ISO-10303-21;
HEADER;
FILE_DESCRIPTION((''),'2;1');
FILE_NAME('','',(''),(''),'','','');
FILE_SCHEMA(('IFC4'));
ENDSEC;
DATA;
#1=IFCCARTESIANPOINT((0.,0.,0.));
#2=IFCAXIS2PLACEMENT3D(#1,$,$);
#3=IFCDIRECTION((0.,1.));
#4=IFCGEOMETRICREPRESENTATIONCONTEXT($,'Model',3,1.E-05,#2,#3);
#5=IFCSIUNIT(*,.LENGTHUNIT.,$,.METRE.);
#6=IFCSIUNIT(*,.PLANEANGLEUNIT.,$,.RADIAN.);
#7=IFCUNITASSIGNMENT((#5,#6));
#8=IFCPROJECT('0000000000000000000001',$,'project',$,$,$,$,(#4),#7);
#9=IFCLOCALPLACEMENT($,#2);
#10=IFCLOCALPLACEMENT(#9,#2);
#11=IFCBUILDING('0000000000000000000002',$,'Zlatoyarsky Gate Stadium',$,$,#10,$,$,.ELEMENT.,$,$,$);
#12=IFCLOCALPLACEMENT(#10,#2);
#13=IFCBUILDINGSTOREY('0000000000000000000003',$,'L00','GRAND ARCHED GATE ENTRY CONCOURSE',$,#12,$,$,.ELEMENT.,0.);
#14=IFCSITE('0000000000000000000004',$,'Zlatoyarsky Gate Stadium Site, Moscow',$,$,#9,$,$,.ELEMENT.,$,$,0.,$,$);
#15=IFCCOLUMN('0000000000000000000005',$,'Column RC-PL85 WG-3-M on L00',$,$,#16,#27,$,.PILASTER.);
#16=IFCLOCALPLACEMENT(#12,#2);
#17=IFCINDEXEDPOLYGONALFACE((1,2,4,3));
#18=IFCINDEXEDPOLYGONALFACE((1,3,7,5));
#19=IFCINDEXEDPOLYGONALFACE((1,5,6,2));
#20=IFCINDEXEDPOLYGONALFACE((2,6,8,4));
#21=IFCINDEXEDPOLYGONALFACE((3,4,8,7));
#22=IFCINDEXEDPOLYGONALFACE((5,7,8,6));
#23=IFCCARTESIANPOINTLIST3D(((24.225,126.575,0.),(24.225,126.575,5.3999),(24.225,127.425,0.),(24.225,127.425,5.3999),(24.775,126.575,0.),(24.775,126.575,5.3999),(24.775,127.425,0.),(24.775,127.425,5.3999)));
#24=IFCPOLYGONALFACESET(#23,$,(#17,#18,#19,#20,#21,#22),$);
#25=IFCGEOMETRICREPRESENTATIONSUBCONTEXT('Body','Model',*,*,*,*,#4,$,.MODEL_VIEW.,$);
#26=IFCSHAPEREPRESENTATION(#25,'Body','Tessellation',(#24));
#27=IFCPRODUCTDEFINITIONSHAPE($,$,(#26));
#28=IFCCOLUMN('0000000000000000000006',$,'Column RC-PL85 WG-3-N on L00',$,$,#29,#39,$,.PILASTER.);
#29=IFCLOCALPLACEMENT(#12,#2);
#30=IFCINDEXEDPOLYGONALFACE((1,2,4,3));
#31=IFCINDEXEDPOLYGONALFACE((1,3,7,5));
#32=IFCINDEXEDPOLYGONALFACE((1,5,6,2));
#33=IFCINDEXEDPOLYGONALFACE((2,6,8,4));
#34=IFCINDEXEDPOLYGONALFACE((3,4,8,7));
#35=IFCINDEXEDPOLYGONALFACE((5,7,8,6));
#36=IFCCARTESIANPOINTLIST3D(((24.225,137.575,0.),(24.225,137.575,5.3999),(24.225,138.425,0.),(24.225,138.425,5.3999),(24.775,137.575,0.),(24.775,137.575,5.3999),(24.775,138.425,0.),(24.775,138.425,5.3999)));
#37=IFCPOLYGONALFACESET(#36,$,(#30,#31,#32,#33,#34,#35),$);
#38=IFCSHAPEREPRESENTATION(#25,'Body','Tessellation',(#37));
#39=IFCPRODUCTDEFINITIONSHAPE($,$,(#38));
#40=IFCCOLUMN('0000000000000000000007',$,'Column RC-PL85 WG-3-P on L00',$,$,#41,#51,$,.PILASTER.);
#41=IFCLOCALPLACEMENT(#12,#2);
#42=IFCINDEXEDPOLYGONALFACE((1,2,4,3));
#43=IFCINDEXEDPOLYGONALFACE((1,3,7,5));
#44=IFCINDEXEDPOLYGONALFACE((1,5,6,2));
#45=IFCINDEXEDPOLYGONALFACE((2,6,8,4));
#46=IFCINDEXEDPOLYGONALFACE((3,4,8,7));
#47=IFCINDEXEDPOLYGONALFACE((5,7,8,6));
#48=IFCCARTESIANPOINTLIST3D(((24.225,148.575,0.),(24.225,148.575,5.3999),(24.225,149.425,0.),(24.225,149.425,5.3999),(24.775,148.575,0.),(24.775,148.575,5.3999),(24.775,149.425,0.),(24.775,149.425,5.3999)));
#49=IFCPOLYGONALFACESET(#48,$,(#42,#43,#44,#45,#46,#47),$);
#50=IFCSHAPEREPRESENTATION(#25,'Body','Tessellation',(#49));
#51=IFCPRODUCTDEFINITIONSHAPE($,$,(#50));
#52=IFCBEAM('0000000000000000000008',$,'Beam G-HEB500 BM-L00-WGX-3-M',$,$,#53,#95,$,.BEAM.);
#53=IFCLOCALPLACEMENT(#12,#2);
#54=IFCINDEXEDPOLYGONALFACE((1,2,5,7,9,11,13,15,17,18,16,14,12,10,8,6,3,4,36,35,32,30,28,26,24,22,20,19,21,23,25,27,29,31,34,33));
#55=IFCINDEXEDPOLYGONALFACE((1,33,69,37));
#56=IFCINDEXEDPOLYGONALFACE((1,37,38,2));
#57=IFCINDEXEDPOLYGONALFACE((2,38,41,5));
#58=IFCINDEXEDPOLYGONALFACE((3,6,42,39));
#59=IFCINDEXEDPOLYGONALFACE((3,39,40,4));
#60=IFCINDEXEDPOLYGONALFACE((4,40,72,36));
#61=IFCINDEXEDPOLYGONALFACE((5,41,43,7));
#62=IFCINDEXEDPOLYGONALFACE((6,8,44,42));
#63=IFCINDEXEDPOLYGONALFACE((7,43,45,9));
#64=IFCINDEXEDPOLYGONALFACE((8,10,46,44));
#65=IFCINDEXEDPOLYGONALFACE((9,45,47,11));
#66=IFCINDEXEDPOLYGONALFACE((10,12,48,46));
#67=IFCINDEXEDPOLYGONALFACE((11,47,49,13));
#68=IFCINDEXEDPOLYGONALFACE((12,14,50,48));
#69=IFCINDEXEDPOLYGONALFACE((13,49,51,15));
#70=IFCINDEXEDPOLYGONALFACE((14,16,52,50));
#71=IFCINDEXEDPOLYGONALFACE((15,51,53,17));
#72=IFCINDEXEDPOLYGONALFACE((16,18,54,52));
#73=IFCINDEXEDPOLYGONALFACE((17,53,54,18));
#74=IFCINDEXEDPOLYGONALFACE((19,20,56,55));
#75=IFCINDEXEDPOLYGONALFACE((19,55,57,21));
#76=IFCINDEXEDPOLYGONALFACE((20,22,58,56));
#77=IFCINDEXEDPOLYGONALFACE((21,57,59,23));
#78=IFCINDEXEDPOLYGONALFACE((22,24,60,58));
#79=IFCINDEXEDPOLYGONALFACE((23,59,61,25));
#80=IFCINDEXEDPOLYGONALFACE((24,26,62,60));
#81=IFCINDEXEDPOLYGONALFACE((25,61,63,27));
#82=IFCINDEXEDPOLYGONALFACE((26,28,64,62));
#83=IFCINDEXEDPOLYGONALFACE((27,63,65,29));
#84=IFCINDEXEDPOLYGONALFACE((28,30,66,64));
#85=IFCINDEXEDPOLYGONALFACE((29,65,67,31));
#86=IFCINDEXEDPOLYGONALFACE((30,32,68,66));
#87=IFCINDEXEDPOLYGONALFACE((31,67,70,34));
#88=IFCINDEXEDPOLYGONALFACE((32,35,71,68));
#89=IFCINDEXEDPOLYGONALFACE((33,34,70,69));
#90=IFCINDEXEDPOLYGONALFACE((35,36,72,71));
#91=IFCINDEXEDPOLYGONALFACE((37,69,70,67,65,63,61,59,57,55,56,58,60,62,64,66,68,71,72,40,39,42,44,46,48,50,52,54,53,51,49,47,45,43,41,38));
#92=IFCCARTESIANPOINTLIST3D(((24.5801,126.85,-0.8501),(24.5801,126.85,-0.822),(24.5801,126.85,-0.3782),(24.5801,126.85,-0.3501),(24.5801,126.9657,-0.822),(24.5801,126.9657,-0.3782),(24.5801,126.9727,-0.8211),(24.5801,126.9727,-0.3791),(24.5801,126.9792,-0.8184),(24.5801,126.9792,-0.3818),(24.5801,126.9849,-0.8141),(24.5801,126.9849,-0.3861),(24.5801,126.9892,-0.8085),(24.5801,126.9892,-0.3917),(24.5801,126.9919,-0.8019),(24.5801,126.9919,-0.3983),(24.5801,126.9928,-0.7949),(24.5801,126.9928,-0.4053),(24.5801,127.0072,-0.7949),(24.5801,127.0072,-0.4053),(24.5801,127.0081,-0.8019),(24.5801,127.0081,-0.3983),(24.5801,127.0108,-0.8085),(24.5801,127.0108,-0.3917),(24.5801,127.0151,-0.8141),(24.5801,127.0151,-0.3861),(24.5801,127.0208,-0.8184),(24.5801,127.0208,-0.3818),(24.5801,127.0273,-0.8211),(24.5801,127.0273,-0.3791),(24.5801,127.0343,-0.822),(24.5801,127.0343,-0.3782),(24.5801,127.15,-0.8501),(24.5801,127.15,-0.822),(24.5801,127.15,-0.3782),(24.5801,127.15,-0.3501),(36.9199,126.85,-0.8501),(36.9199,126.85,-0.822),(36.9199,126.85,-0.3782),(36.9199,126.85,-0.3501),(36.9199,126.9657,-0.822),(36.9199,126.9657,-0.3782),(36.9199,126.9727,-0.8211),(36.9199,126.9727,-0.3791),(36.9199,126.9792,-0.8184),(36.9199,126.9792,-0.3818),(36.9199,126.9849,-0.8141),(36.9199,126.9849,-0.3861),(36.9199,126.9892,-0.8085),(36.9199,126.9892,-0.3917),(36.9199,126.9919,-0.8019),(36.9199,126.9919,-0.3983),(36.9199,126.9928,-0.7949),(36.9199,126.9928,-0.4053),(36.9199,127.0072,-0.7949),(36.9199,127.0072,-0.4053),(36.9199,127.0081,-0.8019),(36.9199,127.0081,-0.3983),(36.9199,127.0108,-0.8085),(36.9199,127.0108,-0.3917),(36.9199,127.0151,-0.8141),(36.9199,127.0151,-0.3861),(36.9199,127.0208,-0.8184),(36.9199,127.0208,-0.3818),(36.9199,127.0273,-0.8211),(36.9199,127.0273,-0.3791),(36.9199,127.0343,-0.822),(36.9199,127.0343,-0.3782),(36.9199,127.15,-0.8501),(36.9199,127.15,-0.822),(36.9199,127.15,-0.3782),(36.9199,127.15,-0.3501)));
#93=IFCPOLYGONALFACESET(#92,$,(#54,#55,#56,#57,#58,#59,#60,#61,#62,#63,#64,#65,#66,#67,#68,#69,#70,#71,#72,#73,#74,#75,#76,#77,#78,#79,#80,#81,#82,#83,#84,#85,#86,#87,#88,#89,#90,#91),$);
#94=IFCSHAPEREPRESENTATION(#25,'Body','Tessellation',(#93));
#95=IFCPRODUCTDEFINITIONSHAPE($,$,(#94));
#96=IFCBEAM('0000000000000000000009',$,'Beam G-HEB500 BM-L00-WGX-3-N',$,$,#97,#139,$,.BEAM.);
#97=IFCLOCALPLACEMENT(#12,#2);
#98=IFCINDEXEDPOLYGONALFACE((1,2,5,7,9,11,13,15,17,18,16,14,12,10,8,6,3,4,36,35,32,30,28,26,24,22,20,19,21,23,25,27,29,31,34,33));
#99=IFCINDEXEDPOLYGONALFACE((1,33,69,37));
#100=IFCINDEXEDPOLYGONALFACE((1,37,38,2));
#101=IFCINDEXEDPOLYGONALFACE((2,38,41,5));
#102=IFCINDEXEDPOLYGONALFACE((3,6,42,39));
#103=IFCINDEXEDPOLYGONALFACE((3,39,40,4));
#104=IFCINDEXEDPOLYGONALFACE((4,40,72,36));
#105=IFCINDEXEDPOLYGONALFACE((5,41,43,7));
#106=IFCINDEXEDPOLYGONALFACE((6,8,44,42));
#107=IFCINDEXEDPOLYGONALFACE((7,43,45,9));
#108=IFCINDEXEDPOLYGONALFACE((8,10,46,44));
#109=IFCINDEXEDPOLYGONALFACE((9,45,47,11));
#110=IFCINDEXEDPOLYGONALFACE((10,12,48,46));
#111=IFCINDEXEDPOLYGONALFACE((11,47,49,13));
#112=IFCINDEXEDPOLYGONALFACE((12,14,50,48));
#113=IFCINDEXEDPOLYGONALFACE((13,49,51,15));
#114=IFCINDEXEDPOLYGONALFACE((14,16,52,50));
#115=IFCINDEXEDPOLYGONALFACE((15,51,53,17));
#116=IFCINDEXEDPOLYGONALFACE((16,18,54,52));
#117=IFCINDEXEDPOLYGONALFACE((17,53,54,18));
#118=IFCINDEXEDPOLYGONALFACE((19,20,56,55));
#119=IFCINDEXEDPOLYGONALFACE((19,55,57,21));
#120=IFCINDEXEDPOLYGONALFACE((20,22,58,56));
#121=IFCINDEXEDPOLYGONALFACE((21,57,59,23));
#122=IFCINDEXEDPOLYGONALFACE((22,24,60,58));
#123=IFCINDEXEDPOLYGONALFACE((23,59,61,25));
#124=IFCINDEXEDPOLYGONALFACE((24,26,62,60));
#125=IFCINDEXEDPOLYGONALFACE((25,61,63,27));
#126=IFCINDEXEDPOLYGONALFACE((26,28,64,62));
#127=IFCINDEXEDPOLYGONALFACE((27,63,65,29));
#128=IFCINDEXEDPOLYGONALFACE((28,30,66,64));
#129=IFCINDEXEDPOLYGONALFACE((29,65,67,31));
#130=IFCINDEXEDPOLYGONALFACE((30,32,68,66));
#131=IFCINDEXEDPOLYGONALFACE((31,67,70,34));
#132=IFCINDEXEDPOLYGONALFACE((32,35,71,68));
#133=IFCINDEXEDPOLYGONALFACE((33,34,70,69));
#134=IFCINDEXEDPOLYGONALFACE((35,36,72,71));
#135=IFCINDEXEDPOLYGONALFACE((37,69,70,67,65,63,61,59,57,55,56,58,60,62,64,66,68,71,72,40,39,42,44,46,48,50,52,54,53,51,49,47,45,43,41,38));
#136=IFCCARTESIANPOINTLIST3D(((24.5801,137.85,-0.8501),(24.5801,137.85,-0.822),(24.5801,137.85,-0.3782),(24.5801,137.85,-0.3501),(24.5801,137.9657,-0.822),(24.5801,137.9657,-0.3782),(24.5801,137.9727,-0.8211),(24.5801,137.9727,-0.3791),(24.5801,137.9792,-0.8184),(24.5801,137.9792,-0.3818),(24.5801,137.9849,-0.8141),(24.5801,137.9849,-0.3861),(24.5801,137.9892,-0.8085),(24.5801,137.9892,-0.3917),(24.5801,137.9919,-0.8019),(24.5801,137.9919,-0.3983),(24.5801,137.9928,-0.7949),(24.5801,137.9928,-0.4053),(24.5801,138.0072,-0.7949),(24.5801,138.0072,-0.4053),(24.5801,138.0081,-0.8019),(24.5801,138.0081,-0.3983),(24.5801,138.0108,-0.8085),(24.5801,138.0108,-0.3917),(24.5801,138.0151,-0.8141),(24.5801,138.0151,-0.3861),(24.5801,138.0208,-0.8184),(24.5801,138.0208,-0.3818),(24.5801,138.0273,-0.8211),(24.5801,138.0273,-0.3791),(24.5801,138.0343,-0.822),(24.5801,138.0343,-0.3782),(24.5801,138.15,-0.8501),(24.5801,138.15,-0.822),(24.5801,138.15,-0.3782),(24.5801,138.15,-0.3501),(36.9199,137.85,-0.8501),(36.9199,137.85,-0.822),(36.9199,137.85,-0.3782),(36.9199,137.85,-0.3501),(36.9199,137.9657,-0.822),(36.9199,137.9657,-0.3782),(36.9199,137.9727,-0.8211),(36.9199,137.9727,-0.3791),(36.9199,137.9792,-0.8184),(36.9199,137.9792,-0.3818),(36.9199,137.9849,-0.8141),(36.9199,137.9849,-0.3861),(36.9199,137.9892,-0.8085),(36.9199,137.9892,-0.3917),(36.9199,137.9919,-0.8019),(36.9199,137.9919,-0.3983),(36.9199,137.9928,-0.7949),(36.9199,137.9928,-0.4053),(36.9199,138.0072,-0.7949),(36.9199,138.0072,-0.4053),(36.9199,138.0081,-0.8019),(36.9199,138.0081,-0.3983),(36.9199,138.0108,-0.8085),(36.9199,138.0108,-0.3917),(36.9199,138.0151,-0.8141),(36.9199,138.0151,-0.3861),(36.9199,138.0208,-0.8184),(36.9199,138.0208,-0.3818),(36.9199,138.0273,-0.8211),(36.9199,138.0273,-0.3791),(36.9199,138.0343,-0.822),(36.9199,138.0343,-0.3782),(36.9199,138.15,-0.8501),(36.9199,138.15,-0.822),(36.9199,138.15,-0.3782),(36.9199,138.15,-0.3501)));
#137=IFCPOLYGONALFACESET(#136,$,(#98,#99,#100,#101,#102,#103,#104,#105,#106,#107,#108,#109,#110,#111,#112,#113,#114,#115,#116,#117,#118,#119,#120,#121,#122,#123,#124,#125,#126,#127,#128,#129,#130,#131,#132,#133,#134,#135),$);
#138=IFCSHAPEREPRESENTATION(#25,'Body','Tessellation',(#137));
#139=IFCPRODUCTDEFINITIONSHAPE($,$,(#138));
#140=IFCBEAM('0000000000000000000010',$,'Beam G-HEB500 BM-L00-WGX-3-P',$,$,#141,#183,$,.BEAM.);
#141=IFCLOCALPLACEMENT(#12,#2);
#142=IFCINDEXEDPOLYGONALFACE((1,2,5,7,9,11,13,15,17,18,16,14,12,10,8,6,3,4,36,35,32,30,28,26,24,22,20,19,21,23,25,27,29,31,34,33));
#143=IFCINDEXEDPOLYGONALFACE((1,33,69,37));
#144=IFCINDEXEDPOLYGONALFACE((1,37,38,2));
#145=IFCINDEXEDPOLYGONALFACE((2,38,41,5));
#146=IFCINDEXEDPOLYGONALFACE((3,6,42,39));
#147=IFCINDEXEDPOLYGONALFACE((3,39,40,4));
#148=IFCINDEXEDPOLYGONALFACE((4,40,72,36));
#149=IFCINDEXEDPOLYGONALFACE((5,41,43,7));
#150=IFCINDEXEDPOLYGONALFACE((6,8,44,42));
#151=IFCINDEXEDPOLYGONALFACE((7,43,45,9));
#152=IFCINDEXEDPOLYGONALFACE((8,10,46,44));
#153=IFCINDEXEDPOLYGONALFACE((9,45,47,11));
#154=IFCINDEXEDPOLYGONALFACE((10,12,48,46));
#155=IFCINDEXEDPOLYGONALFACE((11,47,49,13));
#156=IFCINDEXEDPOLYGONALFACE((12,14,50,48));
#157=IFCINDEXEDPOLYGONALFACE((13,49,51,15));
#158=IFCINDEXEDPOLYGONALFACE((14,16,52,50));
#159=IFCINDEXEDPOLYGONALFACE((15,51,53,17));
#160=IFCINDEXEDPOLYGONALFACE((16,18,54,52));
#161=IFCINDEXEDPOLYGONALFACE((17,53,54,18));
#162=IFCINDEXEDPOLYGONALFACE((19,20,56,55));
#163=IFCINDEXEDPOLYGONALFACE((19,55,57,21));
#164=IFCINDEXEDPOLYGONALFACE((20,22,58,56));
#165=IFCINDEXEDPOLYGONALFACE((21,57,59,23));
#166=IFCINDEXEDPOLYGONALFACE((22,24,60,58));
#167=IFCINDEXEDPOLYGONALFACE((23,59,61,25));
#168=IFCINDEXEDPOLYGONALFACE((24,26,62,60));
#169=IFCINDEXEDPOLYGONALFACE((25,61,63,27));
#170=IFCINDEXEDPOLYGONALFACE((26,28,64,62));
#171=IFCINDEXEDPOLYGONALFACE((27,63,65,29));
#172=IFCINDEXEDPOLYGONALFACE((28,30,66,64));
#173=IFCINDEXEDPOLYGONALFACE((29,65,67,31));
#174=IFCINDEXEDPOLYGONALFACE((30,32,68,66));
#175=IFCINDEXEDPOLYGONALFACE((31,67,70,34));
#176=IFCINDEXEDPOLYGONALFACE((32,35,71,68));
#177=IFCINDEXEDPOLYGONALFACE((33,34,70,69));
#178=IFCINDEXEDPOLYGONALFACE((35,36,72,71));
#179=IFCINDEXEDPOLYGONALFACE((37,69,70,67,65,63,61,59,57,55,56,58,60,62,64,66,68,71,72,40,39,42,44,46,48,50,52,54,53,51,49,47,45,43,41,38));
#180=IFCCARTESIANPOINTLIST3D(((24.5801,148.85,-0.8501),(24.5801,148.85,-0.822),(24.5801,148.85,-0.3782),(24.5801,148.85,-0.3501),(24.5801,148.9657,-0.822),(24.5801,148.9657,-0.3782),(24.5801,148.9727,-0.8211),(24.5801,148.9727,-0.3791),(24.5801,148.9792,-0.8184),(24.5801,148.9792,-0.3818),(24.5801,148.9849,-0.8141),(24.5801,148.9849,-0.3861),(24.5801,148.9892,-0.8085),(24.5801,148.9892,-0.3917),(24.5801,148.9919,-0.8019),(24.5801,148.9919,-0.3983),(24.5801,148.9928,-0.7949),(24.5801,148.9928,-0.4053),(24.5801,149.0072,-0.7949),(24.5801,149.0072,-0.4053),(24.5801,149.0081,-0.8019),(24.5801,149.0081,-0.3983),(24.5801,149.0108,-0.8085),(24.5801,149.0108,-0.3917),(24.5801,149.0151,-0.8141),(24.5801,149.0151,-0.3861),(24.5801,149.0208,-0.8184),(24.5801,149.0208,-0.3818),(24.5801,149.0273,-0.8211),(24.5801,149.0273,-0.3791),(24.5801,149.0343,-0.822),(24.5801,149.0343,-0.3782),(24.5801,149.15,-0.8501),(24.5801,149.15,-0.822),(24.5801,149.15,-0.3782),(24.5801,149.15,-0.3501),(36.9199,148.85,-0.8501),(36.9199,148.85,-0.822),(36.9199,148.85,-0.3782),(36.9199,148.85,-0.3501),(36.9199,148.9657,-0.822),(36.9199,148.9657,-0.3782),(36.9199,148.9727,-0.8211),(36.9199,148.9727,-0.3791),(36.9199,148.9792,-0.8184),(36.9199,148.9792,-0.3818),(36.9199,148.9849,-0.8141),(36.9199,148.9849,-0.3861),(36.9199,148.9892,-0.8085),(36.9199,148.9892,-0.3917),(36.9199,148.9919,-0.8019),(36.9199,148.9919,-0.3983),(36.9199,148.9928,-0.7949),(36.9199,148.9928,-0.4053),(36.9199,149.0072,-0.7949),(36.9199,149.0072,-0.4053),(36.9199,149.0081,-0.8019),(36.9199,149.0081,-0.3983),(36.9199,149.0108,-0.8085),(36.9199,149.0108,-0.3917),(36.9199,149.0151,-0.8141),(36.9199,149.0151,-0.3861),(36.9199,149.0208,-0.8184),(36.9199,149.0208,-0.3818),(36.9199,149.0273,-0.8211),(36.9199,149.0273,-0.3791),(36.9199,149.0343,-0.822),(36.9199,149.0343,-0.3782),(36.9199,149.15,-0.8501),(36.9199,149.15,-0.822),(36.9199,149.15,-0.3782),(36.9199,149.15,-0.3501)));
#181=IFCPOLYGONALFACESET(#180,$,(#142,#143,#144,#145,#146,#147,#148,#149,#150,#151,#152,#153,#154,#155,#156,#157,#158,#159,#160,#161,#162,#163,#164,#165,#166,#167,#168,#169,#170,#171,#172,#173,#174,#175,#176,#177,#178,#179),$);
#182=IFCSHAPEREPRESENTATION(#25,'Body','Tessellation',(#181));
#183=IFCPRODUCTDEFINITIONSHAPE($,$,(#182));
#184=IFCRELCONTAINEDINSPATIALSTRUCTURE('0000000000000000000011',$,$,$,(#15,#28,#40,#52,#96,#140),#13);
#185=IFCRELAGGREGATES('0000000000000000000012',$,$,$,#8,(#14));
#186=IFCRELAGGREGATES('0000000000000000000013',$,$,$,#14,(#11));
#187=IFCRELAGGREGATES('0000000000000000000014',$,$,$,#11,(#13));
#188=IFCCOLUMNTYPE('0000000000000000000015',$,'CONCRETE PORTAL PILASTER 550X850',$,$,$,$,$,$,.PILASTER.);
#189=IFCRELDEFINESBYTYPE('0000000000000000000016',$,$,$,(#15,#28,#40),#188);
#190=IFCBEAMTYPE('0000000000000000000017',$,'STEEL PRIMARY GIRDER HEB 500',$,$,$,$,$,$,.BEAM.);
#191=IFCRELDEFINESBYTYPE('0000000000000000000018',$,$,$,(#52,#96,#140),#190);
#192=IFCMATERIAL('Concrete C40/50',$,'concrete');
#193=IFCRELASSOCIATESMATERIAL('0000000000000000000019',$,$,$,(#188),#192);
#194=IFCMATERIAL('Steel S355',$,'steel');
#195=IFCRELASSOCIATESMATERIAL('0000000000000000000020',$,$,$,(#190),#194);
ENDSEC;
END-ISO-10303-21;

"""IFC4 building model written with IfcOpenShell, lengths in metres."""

from ifc_helpers import new_model, si_unit, direction, frame, origin, origin_2d, place, context, subcontext, project, spatial, rectangle, i_section, extrude, material, material_profile, profile_set, type_object, element, save


model = new_model("IFC4")

# Units and contexts
model_context = context("Model", 3, precision=1e-05, world=origin(), true_north=direction((0.0, 1.0)))
body_context = subcontext(model_context, "Body", "Model", "MODEL_VIEW")
ifc_project = project(units=[si_unit("LENGTHUNIT", "METRE"), si_unit("PLANEANGLEUNIT", "RADIAN")], contexts=[model_context])

# Site, building, storey
site_placement = place(None, origin())
site = spatial("IfcSite", under=ifc_project, at=site_placement, Name="Zlatoyarsky Gate Stadium Site, Moscow", CompositionType="ELEMENT", RefElevation=0.0)
building_placement = place(site_placement, origin())
building = spatial("IfcBuilding", under=site, at=building_placement, Name="Zlatoyarsky Gate Stadium", CompositionType="ELEMENT")
storey_placement = place(building_placement, origin())
storey = spatial("IfcBuildingStorey", under=building, at=storey_placement, Name="L00", Description="GRAND ARCHED GATE ENTRY CONCOURSE", CompositionType="ELEMENT", Elevation=0.0)

# Columns
ifc_material_1 = material(Name="Concrete C40/50", Category="concrete")
ifc_material_profile_1 = material_profile(ifc_material_1, rectangle(XDim=0.55, YDim=0.8501, at=origin_2d()), Name="RC PILASTER 550X850")
ifc_profile_set_1 = profile_set([ifc_material_profile_1], Name="Concrete C40/50")
column_type = type_object("IfcColumnType", Name="CONCRETE PORTAL PILASTER 550X850", PredefinedType="PILASTER", material=ifc_profile_set_1)
for number, where, z_axis, x_axis, name in (
    (1, (24.5, 127.0, 0.0), (0.0, 0.0, 1.0), (1.0, 0.0, 0.0), "Column RC-PL85 WG-3-M on L00"),
    (2, (24.5, 138.0, 0.0), (0.0, 0.0, 1.0), (1.0, 0.0, 0.0), "Column RC-PL85 WG-3-N on L00"),
    (3, (24.5, 149.0, 0.0), (0.0, 0.0, 1.0), (1.0, 0.0, 0.0), "Column RC-PL85 WG-3-P on L00"),
):
    element("IfcColumn", number, at=place(storey_placement, frame(where, z_axis=z_axis, x_axis=x_axis)), inside=storey, type_object=column_type, Name=name, PredefinedType="PILASTER", context=body_context, shape_type="SweptSolid", body=[
        extrude(rectangle(XDim=0.55, YDim=0.8501, at=origin_2d()), origin(), (0.0, 0.0, 1.0), 5.3999),
    ])

# Beams
ifc_material_2 = material(Name="Steel S355", Category="steel")
ifc_material_profile_2 = material_profile(ifc_material_2, i_section(OverallWidth=0.3, OverallDepth=0.5, WebThickness=0.0144, FlangeThickness=0.0281, FilletRadius=0.0271, at=origin_2d()), Name="HEB 500")
ifc_profile_set_2 = profile_set([ifc_material_profile_2], Name="Steel S355")
beam_type_1 = type_object("IfcBeamType", Name="STEEL PRIMARY GIRDER HEB 500", PredefinedType="BEAM", material=ifc_profile_set_2)
for number, where, z_axis, x_axis, name in (
    (4, (24.5801, 127.0, -0.6001), (1.0, 0.0, 0.0), (0.0, 1.0, 0.0), "Beam G-HEB500 BM-L00-WGX-3-M"),
    (5, (24.5801, 138.0, -0.6001), (1.0, 0.0, 0.0), (0.0, 1.0, 0.0), "Beam G-HEB500 BM-L00-WGX-3-N"),
    (6, (24.5801, 149.0, -0.6001), (1.0, 0.0, 0.0), (0.0, 1.0, 0.0), "Beam G-HEB500 BM-L00-WGX-3-P"),
):
    element("IfcBeam", number, at=place(storey_placement, frame(where, z_axis=z_axis, x_axis=x_axis)), inside=storey, type_object=beam_type_1, Name=name, PredefinedType="BEAM", context=body_context, shape_type="SweptSolid", body=[
        extrude(i_section(OverallWidth=0.3, OverallDepth=0.5, WebThickness=0.0144, FlangeThickness=0.0281, FilletRadius=0.0271, at=origin_2d()), origin(), (0.0, 0.0, 1.0), 12.3398),
    ])

save(model, "model.ifc")
